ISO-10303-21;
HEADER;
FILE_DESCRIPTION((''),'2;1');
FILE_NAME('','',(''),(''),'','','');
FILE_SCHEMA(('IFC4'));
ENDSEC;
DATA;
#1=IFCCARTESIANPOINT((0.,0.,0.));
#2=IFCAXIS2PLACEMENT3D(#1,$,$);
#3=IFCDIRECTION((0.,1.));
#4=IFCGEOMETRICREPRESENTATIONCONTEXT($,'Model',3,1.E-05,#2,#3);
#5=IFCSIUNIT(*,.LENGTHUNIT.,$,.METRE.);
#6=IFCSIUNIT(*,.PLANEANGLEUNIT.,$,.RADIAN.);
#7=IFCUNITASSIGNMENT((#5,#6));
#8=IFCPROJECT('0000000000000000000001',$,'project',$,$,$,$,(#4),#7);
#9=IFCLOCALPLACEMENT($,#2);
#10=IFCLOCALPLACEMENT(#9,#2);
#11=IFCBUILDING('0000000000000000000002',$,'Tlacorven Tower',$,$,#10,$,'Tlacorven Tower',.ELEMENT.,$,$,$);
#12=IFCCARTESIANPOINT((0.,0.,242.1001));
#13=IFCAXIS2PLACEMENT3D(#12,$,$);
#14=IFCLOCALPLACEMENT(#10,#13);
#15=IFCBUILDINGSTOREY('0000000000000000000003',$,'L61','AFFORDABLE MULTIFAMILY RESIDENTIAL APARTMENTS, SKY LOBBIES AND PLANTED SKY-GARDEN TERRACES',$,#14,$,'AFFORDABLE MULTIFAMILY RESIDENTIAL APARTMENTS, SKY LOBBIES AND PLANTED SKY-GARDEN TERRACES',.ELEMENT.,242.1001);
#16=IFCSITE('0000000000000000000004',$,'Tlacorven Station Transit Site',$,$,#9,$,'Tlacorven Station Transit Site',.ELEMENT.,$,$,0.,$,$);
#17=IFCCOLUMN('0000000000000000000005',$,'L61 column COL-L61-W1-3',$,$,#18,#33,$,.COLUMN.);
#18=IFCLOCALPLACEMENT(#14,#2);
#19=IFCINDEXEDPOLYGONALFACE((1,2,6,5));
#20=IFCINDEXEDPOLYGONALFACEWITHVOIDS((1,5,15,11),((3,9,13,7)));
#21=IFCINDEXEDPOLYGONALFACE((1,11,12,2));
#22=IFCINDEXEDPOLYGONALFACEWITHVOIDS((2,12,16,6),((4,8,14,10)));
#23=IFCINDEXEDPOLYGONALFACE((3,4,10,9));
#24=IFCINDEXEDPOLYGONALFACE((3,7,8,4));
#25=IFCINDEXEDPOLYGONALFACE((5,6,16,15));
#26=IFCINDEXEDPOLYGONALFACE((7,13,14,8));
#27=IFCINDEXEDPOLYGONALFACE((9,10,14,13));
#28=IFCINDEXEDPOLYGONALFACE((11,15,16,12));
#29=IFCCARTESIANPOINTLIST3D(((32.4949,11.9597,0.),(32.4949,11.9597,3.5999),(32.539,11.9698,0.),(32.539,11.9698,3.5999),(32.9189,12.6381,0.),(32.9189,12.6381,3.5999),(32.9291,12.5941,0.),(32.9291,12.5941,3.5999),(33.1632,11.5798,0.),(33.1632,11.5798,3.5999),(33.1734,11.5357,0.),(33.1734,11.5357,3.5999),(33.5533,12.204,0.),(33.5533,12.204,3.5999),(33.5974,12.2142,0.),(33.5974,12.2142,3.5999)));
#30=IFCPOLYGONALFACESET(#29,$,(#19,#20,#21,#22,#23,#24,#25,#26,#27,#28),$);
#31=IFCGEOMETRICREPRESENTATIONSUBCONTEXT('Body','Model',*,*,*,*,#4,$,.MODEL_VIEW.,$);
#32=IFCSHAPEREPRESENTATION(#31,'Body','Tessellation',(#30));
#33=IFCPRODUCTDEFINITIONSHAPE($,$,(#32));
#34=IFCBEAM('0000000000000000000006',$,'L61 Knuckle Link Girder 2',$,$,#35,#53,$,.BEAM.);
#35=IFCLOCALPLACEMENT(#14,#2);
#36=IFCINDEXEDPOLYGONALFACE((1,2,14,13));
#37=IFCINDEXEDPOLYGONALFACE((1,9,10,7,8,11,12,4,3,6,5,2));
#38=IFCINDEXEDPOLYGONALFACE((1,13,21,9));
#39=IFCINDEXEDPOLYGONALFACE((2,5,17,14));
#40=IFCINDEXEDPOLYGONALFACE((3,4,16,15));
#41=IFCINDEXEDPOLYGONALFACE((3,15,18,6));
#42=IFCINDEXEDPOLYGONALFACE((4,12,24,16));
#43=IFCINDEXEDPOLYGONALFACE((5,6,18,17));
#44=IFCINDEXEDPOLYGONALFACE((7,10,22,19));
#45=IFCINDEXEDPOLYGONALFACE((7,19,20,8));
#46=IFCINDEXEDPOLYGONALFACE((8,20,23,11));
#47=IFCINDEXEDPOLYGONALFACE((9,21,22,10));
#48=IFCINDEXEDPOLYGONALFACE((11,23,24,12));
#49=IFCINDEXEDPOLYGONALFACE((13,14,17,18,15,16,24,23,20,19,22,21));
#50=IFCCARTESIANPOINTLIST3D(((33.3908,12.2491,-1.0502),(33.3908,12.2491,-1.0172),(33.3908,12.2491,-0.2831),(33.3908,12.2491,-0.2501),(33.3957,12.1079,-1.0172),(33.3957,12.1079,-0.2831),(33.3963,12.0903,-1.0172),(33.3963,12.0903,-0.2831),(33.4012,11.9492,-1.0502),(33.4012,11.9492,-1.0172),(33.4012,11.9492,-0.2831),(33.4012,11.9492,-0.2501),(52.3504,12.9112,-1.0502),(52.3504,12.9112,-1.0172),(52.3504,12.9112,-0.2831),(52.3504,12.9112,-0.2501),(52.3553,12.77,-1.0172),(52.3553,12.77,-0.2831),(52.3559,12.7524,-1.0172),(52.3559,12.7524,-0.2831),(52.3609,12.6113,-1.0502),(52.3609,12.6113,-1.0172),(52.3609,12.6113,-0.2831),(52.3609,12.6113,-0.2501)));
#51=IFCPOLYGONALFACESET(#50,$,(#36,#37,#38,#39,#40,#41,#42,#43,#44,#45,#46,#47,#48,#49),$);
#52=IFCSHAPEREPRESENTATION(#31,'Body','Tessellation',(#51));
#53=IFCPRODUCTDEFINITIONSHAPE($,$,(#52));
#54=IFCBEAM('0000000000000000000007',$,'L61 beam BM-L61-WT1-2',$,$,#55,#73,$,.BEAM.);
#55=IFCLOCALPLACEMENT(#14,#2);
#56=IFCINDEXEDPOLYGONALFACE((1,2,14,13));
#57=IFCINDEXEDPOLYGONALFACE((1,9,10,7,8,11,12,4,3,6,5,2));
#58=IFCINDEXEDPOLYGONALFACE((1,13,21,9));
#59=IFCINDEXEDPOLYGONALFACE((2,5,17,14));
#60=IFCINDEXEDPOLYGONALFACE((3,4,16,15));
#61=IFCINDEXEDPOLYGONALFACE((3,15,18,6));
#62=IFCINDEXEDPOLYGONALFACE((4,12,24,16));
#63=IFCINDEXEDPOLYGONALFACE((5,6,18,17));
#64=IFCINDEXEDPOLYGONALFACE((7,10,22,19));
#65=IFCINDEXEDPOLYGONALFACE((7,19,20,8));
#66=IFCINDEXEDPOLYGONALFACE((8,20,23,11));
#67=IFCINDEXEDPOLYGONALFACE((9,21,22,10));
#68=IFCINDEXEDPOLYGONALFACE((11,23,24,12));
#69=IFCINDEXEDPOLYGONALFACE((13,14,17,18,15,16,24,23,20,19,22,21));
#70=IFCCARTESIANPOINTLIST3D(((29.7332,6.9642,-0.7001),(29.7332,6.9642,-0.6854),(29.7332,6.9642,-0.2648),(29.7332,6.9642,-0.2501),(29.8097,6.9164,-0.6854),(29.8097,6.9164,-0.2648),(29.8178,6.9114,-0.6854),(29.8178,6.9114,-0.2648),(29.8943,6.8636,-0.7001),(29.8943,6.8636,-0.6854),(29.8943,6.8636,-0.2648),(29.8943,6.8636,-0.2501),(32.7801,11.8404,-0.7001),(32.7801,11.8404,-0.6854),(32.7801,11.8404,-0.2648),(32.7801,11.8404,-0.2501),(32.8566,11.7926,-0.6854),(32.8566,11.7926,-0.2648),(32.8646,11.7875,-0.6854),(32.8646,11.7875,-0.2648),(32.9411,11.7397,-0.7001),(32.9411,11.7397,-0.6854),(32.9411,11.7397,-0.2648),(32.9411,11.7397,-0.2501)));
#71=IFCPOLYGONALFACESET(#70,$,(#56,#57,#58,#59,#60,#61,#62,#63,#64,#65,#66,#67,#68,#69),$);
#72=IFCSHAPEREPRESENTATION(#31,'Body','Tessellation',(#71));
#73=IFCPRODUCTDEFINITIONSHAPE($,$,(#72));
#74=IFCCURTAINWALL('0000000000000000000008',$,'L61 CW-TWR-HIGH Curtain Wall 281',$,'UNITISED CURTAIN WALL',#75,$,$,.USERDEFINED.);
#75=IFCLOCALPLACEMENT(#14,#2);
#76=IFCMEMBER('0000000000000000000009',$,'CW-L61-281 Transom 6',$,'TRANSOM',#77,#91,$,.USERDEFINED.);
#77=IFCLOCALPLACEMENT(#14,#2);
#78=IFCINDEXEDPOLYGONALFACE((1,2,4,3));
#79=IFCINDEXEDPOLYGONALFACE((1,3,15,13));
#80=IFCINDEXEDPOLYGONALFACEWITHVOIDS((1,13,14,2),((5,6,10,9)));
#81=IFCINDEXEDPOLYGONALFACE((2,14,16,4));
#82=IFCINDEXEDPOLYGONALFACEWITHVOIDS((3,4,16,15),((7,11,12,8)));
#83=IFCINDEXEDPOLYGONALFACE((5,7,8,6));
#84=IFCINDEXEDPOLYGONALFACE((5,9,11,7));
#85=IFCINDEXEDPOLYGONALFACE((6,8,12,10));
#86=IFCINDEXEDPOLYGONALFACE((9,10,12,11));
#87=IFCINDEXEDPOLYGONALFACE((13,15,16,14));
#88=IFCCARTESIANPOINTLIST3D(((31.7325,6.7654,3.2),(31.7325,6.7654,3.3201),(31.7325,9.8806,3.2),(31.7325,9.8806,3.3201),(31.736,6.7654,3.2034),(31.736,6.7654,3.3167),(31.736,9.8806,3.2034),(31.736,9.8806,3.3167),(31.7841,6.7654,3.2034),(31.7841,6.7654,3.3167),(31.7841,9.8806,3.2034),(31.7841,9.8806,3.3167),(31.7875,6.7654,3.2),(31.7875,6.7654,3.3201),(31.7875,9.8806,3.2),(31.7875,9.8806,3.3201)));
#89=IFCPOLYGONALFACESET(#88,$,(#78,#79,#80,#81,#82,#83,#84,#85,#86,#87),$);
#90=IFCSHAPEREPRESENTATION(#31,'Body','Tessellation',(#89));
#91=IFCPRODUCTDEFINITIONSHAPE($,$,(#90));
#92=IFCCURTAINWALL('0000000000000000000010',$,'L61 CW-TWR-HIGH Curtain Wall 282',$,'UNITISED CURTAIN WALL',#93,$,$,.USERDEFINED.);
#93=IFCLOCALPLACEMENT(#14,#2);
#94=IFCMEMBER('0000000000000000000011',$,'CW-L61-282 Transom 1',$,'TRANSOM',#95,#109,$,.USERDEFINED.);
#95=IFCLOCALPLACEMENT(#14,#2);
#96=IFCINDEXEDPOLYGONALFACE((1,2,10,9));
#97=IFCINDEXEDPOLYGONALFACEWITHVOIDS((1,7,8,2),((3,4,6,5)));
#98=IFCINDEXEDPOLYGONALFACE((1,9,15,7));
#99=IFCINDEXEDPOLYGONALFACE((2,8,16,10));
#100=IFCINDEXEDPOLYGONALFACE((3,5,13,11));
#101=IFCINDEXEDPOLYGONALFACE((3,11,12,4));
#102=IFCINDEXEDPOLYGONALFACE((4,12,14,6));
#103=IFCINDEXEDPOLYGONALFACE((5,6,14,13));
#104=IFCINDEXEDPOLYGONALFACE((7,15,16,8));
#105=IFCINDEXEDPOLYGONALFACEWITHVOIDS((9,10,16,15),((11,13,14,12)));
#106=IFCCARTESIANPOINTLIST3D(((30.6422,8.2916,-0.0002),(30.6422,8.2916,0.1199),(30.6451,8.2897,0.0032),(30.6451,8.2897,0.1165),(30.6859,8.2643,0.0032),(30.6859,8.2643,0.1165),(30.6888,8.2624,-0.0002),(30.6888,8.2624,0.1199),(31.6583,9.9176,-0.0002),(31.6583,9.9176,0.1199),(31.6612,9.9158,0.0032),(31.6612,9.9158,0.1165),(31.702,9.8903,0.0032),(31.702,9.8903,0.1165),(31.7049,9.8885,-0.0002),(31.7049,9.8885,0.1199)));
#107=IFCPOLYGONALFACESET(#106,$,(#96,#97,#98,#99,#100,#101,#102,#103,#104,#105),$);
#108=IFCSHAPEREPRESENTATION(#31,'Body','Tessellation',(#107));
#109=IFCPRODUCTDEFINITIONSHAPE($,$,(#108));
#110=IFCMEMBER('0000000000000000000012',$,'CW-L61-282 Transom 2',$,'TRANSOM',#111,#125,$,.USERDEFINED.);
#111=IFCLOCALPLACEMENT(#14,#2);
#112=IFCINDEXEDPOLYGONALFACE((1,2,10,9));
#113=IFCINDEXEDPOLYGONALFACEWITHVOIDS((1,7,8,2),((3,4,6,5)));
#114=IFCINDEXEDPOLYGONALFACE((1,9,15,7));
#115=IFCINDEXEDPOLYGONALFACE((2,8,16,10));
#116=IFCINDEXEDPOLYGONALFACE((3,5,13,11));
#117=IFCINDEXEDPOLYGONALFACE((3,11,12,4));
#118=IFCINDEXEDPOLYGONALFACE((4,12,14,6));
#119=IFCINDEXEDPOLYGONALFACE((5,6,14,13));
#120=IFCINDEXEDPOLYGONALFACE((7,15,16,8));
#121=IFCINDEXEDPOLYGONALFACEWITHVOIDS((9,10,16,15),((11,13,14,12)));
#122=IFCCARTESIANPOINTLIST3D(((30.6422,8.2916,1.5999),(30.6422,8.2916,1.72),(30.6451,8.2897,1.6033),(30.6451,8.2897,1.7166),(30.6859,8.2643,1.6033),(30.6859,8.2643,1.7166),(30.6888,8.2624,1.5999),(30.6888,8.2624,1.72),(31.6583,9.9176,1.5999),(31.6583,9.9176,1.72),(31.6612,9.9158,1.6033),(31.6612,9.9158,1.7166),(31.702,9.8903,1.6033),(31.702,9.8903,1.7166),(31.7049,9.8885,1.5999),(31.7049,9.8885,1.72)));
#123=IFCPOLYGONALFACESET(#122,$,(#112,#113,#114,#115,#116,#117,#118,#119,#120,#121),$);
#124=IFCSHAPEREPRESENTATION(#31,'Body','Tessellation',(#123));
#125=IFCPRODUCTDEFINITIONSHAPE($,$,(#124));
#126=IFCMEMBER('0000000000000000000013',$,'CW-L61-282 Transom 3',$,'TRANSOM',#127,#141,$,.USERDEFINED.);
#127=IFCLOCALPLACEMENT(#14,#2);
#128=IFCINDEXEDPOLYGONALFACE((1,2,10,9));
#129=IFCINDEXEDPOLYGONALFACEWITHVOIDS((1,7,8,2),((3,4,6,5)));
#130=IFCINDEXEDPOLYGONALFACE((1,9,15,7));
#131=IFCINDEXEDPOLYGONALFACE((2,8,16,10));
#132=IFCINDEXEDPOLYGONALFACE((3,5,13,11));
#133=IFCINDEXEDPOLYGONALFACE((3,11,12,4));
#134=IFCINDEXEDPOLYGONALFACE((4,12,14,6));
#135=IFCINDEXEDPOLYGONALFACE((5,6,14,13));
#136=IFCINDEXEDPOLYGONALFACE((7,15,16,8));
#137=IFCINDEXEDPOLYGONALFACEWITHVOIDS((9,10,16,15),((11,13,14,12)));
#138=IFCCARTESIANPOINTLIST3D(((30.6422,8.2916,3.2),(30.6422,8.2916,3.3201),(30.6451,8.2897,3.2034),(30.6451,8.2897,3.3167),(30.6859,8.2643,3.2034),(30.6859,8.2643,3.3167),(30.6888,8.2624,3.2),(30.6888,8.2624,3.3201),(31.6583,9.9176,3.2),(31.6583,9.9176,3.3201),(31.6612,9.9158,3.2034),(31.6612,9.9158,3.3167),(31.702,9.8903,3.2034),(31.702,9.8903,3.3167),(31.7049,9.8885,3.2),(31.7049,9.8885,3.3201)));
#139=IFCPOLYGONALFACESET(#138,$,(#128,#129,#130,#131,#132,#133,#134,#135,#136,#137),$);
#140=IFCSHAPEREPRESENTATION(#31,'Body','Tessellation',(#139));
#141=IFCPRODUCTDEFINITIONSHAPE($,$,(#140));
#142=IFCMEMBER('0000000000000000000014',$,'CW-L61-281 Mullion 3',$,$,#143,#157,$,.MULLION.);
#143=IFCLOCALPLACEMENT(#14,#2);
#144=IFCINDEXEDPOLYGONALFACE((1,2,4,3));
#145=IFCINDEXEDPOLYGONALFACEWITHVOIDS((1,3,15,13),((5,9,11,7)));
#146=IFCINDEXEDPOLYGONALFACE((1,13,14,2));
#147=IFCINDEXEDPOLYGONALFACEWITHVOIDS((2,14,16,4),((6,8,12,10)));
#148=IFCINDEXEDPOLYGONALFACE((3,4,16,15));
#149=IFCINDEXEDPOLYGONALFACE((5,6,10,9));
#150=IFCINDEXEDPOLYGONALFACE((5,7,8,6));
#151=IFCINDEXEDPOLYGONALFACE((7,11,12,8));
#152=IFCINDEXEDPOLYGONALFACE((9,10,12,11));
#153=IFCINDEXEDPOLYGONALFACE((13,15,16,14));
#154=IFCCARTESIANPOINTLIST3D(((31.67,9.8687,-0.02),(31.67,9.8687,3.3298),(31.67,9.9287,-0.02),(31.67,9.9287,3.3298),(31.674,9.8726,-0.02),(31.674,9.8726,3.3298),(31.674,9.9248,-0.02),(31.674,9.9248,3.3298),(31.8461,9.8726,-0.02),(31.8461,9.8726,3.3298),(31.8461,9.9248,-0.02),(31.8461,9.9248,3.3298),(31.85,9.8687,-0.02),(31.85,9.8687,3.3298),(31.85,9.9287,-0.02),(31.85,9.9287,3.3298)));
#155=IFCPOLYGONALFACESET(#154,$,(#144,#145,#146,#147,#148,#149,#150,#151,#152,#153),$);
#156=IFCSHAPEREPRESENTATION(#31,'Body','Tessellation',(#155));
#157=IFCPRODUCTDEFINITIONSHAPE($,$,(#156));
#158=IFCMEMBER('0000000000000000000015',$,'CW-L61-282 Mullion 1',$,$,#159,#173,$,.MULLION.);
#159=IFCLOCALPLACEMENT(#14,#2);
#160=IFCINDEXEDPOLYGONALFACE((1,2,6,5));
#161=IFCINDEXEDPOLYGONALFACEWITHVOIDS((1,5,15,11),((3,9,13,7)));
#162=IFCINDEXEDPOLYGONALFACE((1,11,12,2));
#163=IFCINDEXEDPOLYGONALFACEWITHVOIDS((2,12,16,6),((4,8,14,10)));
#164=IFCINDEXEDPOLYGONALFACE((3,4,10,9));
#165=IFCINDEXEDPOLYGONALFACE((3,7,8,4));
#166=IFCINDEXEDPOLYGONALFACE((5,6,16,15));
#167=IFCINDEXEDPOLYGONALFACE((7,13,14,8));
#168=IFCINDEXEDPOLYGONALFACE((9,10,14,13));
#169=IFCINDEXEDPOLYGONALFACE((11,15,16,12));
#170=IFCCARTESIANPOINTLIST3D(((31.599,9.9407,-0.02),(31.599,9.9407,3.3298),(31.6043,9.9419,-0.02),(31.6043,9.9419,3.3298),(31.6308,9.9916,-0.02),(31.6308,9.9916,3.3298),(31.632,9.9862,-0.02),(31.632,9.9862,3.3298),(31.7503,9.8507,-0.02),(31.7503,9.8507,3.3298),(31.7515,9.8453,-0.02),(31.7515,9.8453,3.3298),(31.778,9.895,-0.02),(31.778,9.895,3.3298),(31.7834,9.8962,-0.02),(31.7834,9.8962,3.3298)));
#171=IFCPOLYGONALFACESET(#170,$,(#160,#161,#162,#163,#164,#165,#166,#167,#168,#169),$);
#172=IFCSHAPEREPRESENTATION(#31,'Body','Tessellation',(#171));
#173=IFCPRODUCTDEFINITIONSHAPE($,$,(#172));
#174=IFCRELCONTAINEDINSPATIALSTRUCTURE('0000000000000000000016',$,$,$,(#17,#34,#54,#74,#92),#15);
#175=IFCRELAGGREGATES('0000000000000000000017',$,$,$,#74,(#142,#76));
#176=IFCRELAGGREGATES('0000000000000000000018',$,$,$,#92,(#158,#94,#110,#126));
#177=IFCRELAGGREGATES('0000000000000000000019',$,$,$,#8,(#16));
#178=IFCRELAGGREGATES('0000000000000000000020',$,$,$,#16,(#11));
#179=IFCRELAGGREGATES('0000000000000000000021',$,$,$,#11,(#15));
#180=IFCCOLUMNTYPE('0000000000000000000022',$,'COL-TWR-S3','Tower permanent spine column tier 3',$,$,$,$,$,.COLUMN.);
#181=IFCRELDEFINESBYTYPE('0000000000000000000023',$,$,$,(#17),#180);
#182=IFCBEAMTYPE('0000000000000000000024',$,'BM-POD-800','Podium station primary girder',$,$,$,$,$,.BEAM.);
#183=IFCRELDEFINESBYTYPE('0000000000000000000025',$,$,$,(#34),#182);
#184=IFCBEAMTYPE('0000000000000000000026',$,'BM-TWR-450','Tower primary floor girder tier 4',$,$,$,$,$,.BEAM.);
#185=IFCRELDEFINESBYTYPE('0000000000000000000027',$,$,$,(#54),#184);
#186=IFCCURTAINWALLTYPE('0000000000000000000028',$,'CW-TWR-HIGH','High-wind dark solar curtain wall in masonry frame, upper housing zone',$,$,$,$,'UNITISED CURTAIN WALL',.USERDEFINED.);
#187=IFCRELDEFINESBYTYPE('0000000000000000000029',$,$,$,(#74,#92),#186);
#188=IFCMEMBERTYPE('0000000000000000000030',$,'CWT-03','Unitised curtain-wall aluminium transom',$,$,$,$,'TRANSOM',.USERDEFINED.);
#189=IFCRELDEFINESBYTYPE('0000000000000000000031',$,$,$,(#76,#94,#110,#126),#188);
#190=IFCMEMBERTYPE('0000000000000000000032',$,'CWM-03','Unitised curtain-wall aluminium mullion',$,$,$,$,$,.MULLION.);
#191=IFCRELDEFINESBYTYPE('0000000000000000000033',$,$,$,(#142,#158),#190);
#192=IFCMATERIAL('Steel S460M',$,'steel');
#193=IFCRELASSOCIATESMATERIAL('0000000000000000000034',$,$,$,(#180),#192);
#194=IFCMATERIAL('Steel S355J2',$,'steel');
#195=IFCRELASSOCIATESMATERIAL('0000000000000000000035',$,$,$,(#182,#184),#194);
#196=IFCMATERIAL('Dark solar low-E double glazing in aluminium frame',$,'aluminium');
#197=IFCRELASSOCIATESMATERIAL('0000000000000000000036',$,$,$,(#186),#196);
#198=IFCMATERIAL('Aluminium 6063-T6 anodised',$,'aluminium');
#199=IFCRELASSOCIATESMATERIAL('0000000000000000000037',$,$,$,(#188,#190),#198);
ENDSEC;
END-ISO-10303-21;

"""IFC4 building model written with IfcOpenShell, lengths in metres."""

from ifc_helpers import new_model, si_unit, direction, frame, origin, origin_2d, place, context, subcontext, project, spatial, hollow_rectangle, i_section, extrude, source, transform, mapped, material, material_profile, profile_set, type_object, element, aggregate, save


model = new_model("IFC4")

# Units and contexts
model_context = context("Model", 3, precision=1e-05, world=origin(), true_north=direction((0.0, 1.0)))
body_context = subcontext(model_context, "Body", "Model", "MODEL_VIEW")
ifc_project = project(units=[si_unit("LENGTHUNIT", "METRE"), si_unit("PLANEANGLEUNIT", "RADIAN")], contexts=[model_context])

# Site, building, storey
site_placement = place(None, origin())
site = spatial("IfcSite", under=ifc_project, at=site_placement, Name="Tlacorven Station Transit Site", LongName="Tlacorven Station Transit Site", CompositionType="ELEMENT", RefElevation=0.0)
building_placement = place(site_placement, origin())
building = spatial("IfcBuilding", under=site, at=building_placement, Name="Tlacorven Tower", LongName="Tlacorven Tower", CompositionType="ELEMENT")
storey_placement = place(building_placement, frame((0.0, 0.0, 242.1001)))
storey = spatial("IfcBuildingStorey", under=building, at=storey_placement, Name="L61", Description="AFFORDABLE MULTIFAMILY RESIDENTIAL APARTMENTS, SKY LOBBIES AND PLANTED SKY-GARDEN TERRACES", LongName="AFFORDABLE MULTIFAMILY RESIDENTIAL APARTMENTS, SKY LOBBIES AND PLANTED SKY-GARDEN TERRACES", CompositionType="ELEMENT", Elevation=242.1001)

# Column
ifc_material_1 = material(Name="Steel S460M", Category="steel")
ifc_material_profile_1 = material_profile(ifc_material_1, hollow_rectangle(XDim=0.8, YDim=0.8, WallThickness=0.032, at=origin_2d()), Name="BOX 800X800X32")
ifc_profile_set_1 = profile_set([ifc_material_profile_1], Name="Steel S460M")
column_type = type_object("IfcColumnType", Name="COL-TWR-S3", Description="Tower permanent spine column tier 3", PredefinedType="COLUMN", material=ifc_profile_set_1)
shared_shape_1 = source(origin(), body_context, "Body", "SweptSolid", [
    extrude(hollow_rectangle(XDim=0.8, YDim=0.8, WallThickness=0.032, at=origin_2d()), origin(), (0.0, 0.0, 1.0), 3.5999),
])
column_placement = place(storey_placement, frame((33.0461, 12.0869, 0.0), z_axis=(0.0, 0.0, 1.0), x_axis=(-0.848048, 0.529919, 0.0)))
element("IfcColumn", 1, at=column_placement, inside=storey, type_object=column_type, Name="L61 column COL-L61-W1-3", PredefinedType="COLUMN", context=body_context, shape_type="MappedRepresentation", body=[
    mapped(shared_shape_1, transform((0.0, 0.0, 0.0), scale=1.0)),
])

# Beams
ifc_material_2 = material(Name="Steel S355J2", Category="steel")
ifc_material_profile_2 = material_profile(ifc_material_2, i_section(OverallWidth=0.3, OverallDepth=0.8, WebThickness=0.0176, FlangeThickness=0.033, at=origin_2d()), Name="HEB 800")
ifc_profile_set_2 = profile_set([ifc_material_profile_2], Name="Steel S355J2")
beam_type_1 = type_object("IfcBeamType", Name="BM-POD-800", Description="Podium station primary girder", PredefinedType="BEAM", material=ifc_profile_set_2)
shared_shape_2 = source(origin(), body_context, "Body", "SweptSolid", [
    extrude(i_section(OverallWidth=0.3, OverallDepth=0.8, WebThickness=0.0176, FlangeThickness=0.033, at=origin_2d()), origin(), (0.0, 0.0, 1.0), 18.9712),
])
beam_1_placement = place(storey_placement, frame((33.396, 12.0991, -0.6501), z_axis=(0.999391, 0.034901, 0.0), x_axis=(-0.034901, 0.999391, 0.0)))
element("IfcBeam", 2, at=beam_1_placement, inside=storey, type_object=beam_type_1, Name="L61 Knuckle Link Girder 2", PredefinedType="BEAM", context=body_context, shape_type="MappedRepresentation", body=[
    mapped(shared_shape_2, transform((0.0, 0.0, 0.0), scale=1.0)),
])
ifc_material_profile_3 = material_profile(ifc_material_2, i_section(OverallWidth=0.1899, OverallDepth=0.45, WebThickness=0.0095, FlangeThickness=0.0146, at=origin_2d()), Name="IPE 450")
ifc_profile_set_3 = profile_set([ifc_material_profile_3], Name="Steel S355J2")
beam_type_2 = type_object("IfcBeamType", Name="BM-TWR-450", Description="Tower primary floor girder tier 4", PredefinedType="BEAM", material=ifc_profile_set_3)
shared_shape_3 = source(origin(), body_context, "Body", "SweptSolid", [
    extrude(i_section(OverallWidth=0.1899, OverallDepth=0.45, WebThickness=0.0095, FlangeThickness=0.0146, at=origin_2d()), origin(), (0.0, 0.0, 1.0), 5.7498),
])
beam_2_placement = place(storey_placement, frame((32.8606, 11.79, -0.4751), z_axis=(-0.529904, -0.848058, 0.0), x_axis=(0.848058, -0.529904, 0.0)))
element("IfcBeam", 3, at=beam_2_placement, inside=storey, type_object=beam_type_2, Name="L61 beam BM-L61-WT1-2", PredefinedType="BEAM", context=body_context, shape_type="MappedRepresentation", body=[
    mapped(shared_shape_3, transform((0.0, 0.0, 0.0), scale=1.0)),
])

# Curtain wall, member
ifc_material_3 = material(Name="Dark solar low-E double glazing in aluminium frame", Category="aluminium")
curtain_wall_type = type_object("IfcCurtainWallType", Name="CW-TWR-HIGH", Description="High-wind dark solar curtain wall in masonry frame, upper housing zone", ElementType="UNITISED CURTAIN WALL", PredefinedType="USERDEFINED", material=ifc_material_3)
curtain_wall_1_placement = place(storey_placement, origin())
curtain_wall_1 = element("IfcCurtainWall", 4, at=curtain_wall_1_placement, inside=storey, type_object=curtain_wall_type, Name="L61 CW-TWR-HIGH Curtain Wall 281", ObjectType="UNITISED CURTAIN WALL", PredefinedType="USERDEFINED")
ifc_material_4 = material(Name="Aluminium 6063-T6 anodised", Category="aluminium")
ifc_material_profile_4 = material_profile(ifc_material_4, hollow_rectangle(XDim=0.0549, YDim=0.1201, WallThickness=0.0034, at=origin_2d()), Name="ALU TRANSOM 55X120")
ifc_profile_set_4 = profile_set([ifc_material_profile_4], Name="Aluminium 6063-T6 anodised")
member_type_1 = type_object("IfcMemberType", Name="CWT-03", Description="Unitised curtain-wall aluminium transom", ElementType="TRANSOM", PredefinedType="USERDEFINED", material=ifc_profile_set_4)
shared_shape_4 = source(origin(), body_context, "Body", "SweptSolid", [
    extrude(hollow_rectangle(XDim=0.0549, YDim=0.1201, WallThickness=0.0034, at=origin_2d()), origin(), (0.0, 0.0, 1.0), 3.1152),
])
member_1_placement = place(storey_placement, frame((31.76, 6.7654, 3.26), z_axis=(0.0, 1.0, 0.0), x_axis=(-1.0, 0.0, 0.0)))
member_1 = element("IfcMember", 5, at=member_1_placement, type_object=member_type_1, Name="CW-L61-281 Transom 6", ObjectType="TRANSOM", PredefinedType="USERDEFINED", context=body_context, shape_type="MappedRepresentation", body=[
    mapped(shared_shape_4, transform((0.0, 0.0, 0.0), scale=1.0)),
])

# Curtain wall, members
curtain_wall_2_placement = place(storey_placement, origin())
curtain_wall_2 = element("IfcCurtainWall", 6, at=curtain_wall_2_placement, inside=storey, type_object=curtain_wall_type, Name="L61 CW-TWR-HIGH Curtain Wall 282", ObjectType="UNITISED CURTAIN WALL", PredefinedType="USERDEFINED")
shared_shape_5 = source(origin(), body_context, "Body", "SweptSolid", [
    extrude(hollow_rectangle(XDim=0.0549, YDim=0.1201, WallThickness=0.0034, at=origin_2d()), origin(), (0.0, 0.0, 1.0), 1.9175),
])
member_2_placement = place(storey_placement, frame((31.6816, 9.9031, 0.0598), z_axis=(-0.529953, -0.848027, 0.0), x_axis=(0.848027, -0.529953, 0.0)))
member_2 = element("IfcMember", 7, at=member_2_placement, type_object=member_type_1, Name="CW-L61-282 Transom 1", ObjectType="TRANSOM", PredefinedType="USERDEFINED", context=body_context, shape_type="MappedRepresentation", body=[
    mapped(shared_shape_5, transform((0.0, 0.0, 0.0), scale=1.0)),
])
member_3_placement = place(storey_placement, frame((31.6816, 9.9031, 1.6599), z_axis=(-0.529953, -0.848027, 0.0), x_axis=(0.848027, -0.529953, 0.0)))
member_3 = element("IfcMember", 8, at=member_3_placement, type_object=member_type_1, Name="CW-L61-282 Transom 2", ObjectType="TRANSOM", PredefinedType="USERDEFINED", context=body_context, shape_type="MappedRepresentation", body=[
    mapped(shared_shape_5, transform((0.0, 0.0, 0.0), scale=1.0)),
])
member_4_placement = place(storey_placement, frame((31.6816, 9.9031, 3.26), z_axis=(-0.529953, -0.848027, 0.0), x_axis=(0.848027, -0.529953, 0.0)))
member_4 = element("IfcMember", 9, at=member_4_placement, type_object=member_type_1, Name="CW-L61-282 Transom 3", ObjectType="TRANSOM", PredefinedType="USERDEFINED", context=body_context, shape_type="MappedRepresentation", body=[
    mapped(shared_shape_5, transform((0.0, 0.0, 0.0), scale=1.0)),
])

# Members
ifc_material_profile_5 = material_profile(ifc_material_4, hollow_rectangle(XDim=0.0601, YDim=0.1799, WallThickness=0.0039, at=origin_2d()), Name="ALU MULLION 60X180")
ifc_profile_set_5 = profile_set([ifc_material_profile_5], Name="Aluminium 6063-T6 anodised")
member_type_2 = type_object("IfcMemberType", Name="CWM-03", Description="Unitised curtain-wall aluminium mullion", PredefinedType="MULLION", material=ifc_profile_set_5)
shared_shape_6 = source(origin(), body_context, "Body", "SweptSolid", [
    extrude(hollow_rectangle(XDim=0.0601, YDim=0.1799, WallThickness=0.0039, at=origin_2d()), origin(), (0.0, 0.0, 1.0), 3.3499),
])
member_5_placement = place(storey_placement, frame((31.76, 9.8987, -0.02), z_axis=(0.0, 0.0, 1.0), x_axis=(0.0, 1.0, 0.0)))
member_5 = element("IfcMember", 10, at=member_5_placement, type_object=member_type_2, Name="CW-L61-281 Mullion 3", PredefinedType="MULLION", context=body_context, shape_type="MappedRepresentation", body=[
    mapped(shared_shape_6, transform((0.0, 0.0, 0.0), scale=1.0)),
])
member_6_placement = place(storey_placement, frame((31.6912, 9.9185, -0.02), z_axis=(0.0, 0.0, 1.0), x_axis=(-0.529919, -0.848048, 0.0)))
member_6 = element("IfcMember", 11, at=member_6_placement, type_object=member_type_2, Name="CW-L61-282 Mullion 1", PredefinedType="MULLION", context=body_context, shape_type="MappedRepresentation", body=[
    mapped(shared_shape_6, transform((0.0, 0.0, 0.0), scale=1.0)),
])

aggregate(curtain_wall_1, [member_5, member_1])
aggregate(curtain_wall_2, [member_6, member_2, member_3, member_4])

save(model, "model.ifc")
